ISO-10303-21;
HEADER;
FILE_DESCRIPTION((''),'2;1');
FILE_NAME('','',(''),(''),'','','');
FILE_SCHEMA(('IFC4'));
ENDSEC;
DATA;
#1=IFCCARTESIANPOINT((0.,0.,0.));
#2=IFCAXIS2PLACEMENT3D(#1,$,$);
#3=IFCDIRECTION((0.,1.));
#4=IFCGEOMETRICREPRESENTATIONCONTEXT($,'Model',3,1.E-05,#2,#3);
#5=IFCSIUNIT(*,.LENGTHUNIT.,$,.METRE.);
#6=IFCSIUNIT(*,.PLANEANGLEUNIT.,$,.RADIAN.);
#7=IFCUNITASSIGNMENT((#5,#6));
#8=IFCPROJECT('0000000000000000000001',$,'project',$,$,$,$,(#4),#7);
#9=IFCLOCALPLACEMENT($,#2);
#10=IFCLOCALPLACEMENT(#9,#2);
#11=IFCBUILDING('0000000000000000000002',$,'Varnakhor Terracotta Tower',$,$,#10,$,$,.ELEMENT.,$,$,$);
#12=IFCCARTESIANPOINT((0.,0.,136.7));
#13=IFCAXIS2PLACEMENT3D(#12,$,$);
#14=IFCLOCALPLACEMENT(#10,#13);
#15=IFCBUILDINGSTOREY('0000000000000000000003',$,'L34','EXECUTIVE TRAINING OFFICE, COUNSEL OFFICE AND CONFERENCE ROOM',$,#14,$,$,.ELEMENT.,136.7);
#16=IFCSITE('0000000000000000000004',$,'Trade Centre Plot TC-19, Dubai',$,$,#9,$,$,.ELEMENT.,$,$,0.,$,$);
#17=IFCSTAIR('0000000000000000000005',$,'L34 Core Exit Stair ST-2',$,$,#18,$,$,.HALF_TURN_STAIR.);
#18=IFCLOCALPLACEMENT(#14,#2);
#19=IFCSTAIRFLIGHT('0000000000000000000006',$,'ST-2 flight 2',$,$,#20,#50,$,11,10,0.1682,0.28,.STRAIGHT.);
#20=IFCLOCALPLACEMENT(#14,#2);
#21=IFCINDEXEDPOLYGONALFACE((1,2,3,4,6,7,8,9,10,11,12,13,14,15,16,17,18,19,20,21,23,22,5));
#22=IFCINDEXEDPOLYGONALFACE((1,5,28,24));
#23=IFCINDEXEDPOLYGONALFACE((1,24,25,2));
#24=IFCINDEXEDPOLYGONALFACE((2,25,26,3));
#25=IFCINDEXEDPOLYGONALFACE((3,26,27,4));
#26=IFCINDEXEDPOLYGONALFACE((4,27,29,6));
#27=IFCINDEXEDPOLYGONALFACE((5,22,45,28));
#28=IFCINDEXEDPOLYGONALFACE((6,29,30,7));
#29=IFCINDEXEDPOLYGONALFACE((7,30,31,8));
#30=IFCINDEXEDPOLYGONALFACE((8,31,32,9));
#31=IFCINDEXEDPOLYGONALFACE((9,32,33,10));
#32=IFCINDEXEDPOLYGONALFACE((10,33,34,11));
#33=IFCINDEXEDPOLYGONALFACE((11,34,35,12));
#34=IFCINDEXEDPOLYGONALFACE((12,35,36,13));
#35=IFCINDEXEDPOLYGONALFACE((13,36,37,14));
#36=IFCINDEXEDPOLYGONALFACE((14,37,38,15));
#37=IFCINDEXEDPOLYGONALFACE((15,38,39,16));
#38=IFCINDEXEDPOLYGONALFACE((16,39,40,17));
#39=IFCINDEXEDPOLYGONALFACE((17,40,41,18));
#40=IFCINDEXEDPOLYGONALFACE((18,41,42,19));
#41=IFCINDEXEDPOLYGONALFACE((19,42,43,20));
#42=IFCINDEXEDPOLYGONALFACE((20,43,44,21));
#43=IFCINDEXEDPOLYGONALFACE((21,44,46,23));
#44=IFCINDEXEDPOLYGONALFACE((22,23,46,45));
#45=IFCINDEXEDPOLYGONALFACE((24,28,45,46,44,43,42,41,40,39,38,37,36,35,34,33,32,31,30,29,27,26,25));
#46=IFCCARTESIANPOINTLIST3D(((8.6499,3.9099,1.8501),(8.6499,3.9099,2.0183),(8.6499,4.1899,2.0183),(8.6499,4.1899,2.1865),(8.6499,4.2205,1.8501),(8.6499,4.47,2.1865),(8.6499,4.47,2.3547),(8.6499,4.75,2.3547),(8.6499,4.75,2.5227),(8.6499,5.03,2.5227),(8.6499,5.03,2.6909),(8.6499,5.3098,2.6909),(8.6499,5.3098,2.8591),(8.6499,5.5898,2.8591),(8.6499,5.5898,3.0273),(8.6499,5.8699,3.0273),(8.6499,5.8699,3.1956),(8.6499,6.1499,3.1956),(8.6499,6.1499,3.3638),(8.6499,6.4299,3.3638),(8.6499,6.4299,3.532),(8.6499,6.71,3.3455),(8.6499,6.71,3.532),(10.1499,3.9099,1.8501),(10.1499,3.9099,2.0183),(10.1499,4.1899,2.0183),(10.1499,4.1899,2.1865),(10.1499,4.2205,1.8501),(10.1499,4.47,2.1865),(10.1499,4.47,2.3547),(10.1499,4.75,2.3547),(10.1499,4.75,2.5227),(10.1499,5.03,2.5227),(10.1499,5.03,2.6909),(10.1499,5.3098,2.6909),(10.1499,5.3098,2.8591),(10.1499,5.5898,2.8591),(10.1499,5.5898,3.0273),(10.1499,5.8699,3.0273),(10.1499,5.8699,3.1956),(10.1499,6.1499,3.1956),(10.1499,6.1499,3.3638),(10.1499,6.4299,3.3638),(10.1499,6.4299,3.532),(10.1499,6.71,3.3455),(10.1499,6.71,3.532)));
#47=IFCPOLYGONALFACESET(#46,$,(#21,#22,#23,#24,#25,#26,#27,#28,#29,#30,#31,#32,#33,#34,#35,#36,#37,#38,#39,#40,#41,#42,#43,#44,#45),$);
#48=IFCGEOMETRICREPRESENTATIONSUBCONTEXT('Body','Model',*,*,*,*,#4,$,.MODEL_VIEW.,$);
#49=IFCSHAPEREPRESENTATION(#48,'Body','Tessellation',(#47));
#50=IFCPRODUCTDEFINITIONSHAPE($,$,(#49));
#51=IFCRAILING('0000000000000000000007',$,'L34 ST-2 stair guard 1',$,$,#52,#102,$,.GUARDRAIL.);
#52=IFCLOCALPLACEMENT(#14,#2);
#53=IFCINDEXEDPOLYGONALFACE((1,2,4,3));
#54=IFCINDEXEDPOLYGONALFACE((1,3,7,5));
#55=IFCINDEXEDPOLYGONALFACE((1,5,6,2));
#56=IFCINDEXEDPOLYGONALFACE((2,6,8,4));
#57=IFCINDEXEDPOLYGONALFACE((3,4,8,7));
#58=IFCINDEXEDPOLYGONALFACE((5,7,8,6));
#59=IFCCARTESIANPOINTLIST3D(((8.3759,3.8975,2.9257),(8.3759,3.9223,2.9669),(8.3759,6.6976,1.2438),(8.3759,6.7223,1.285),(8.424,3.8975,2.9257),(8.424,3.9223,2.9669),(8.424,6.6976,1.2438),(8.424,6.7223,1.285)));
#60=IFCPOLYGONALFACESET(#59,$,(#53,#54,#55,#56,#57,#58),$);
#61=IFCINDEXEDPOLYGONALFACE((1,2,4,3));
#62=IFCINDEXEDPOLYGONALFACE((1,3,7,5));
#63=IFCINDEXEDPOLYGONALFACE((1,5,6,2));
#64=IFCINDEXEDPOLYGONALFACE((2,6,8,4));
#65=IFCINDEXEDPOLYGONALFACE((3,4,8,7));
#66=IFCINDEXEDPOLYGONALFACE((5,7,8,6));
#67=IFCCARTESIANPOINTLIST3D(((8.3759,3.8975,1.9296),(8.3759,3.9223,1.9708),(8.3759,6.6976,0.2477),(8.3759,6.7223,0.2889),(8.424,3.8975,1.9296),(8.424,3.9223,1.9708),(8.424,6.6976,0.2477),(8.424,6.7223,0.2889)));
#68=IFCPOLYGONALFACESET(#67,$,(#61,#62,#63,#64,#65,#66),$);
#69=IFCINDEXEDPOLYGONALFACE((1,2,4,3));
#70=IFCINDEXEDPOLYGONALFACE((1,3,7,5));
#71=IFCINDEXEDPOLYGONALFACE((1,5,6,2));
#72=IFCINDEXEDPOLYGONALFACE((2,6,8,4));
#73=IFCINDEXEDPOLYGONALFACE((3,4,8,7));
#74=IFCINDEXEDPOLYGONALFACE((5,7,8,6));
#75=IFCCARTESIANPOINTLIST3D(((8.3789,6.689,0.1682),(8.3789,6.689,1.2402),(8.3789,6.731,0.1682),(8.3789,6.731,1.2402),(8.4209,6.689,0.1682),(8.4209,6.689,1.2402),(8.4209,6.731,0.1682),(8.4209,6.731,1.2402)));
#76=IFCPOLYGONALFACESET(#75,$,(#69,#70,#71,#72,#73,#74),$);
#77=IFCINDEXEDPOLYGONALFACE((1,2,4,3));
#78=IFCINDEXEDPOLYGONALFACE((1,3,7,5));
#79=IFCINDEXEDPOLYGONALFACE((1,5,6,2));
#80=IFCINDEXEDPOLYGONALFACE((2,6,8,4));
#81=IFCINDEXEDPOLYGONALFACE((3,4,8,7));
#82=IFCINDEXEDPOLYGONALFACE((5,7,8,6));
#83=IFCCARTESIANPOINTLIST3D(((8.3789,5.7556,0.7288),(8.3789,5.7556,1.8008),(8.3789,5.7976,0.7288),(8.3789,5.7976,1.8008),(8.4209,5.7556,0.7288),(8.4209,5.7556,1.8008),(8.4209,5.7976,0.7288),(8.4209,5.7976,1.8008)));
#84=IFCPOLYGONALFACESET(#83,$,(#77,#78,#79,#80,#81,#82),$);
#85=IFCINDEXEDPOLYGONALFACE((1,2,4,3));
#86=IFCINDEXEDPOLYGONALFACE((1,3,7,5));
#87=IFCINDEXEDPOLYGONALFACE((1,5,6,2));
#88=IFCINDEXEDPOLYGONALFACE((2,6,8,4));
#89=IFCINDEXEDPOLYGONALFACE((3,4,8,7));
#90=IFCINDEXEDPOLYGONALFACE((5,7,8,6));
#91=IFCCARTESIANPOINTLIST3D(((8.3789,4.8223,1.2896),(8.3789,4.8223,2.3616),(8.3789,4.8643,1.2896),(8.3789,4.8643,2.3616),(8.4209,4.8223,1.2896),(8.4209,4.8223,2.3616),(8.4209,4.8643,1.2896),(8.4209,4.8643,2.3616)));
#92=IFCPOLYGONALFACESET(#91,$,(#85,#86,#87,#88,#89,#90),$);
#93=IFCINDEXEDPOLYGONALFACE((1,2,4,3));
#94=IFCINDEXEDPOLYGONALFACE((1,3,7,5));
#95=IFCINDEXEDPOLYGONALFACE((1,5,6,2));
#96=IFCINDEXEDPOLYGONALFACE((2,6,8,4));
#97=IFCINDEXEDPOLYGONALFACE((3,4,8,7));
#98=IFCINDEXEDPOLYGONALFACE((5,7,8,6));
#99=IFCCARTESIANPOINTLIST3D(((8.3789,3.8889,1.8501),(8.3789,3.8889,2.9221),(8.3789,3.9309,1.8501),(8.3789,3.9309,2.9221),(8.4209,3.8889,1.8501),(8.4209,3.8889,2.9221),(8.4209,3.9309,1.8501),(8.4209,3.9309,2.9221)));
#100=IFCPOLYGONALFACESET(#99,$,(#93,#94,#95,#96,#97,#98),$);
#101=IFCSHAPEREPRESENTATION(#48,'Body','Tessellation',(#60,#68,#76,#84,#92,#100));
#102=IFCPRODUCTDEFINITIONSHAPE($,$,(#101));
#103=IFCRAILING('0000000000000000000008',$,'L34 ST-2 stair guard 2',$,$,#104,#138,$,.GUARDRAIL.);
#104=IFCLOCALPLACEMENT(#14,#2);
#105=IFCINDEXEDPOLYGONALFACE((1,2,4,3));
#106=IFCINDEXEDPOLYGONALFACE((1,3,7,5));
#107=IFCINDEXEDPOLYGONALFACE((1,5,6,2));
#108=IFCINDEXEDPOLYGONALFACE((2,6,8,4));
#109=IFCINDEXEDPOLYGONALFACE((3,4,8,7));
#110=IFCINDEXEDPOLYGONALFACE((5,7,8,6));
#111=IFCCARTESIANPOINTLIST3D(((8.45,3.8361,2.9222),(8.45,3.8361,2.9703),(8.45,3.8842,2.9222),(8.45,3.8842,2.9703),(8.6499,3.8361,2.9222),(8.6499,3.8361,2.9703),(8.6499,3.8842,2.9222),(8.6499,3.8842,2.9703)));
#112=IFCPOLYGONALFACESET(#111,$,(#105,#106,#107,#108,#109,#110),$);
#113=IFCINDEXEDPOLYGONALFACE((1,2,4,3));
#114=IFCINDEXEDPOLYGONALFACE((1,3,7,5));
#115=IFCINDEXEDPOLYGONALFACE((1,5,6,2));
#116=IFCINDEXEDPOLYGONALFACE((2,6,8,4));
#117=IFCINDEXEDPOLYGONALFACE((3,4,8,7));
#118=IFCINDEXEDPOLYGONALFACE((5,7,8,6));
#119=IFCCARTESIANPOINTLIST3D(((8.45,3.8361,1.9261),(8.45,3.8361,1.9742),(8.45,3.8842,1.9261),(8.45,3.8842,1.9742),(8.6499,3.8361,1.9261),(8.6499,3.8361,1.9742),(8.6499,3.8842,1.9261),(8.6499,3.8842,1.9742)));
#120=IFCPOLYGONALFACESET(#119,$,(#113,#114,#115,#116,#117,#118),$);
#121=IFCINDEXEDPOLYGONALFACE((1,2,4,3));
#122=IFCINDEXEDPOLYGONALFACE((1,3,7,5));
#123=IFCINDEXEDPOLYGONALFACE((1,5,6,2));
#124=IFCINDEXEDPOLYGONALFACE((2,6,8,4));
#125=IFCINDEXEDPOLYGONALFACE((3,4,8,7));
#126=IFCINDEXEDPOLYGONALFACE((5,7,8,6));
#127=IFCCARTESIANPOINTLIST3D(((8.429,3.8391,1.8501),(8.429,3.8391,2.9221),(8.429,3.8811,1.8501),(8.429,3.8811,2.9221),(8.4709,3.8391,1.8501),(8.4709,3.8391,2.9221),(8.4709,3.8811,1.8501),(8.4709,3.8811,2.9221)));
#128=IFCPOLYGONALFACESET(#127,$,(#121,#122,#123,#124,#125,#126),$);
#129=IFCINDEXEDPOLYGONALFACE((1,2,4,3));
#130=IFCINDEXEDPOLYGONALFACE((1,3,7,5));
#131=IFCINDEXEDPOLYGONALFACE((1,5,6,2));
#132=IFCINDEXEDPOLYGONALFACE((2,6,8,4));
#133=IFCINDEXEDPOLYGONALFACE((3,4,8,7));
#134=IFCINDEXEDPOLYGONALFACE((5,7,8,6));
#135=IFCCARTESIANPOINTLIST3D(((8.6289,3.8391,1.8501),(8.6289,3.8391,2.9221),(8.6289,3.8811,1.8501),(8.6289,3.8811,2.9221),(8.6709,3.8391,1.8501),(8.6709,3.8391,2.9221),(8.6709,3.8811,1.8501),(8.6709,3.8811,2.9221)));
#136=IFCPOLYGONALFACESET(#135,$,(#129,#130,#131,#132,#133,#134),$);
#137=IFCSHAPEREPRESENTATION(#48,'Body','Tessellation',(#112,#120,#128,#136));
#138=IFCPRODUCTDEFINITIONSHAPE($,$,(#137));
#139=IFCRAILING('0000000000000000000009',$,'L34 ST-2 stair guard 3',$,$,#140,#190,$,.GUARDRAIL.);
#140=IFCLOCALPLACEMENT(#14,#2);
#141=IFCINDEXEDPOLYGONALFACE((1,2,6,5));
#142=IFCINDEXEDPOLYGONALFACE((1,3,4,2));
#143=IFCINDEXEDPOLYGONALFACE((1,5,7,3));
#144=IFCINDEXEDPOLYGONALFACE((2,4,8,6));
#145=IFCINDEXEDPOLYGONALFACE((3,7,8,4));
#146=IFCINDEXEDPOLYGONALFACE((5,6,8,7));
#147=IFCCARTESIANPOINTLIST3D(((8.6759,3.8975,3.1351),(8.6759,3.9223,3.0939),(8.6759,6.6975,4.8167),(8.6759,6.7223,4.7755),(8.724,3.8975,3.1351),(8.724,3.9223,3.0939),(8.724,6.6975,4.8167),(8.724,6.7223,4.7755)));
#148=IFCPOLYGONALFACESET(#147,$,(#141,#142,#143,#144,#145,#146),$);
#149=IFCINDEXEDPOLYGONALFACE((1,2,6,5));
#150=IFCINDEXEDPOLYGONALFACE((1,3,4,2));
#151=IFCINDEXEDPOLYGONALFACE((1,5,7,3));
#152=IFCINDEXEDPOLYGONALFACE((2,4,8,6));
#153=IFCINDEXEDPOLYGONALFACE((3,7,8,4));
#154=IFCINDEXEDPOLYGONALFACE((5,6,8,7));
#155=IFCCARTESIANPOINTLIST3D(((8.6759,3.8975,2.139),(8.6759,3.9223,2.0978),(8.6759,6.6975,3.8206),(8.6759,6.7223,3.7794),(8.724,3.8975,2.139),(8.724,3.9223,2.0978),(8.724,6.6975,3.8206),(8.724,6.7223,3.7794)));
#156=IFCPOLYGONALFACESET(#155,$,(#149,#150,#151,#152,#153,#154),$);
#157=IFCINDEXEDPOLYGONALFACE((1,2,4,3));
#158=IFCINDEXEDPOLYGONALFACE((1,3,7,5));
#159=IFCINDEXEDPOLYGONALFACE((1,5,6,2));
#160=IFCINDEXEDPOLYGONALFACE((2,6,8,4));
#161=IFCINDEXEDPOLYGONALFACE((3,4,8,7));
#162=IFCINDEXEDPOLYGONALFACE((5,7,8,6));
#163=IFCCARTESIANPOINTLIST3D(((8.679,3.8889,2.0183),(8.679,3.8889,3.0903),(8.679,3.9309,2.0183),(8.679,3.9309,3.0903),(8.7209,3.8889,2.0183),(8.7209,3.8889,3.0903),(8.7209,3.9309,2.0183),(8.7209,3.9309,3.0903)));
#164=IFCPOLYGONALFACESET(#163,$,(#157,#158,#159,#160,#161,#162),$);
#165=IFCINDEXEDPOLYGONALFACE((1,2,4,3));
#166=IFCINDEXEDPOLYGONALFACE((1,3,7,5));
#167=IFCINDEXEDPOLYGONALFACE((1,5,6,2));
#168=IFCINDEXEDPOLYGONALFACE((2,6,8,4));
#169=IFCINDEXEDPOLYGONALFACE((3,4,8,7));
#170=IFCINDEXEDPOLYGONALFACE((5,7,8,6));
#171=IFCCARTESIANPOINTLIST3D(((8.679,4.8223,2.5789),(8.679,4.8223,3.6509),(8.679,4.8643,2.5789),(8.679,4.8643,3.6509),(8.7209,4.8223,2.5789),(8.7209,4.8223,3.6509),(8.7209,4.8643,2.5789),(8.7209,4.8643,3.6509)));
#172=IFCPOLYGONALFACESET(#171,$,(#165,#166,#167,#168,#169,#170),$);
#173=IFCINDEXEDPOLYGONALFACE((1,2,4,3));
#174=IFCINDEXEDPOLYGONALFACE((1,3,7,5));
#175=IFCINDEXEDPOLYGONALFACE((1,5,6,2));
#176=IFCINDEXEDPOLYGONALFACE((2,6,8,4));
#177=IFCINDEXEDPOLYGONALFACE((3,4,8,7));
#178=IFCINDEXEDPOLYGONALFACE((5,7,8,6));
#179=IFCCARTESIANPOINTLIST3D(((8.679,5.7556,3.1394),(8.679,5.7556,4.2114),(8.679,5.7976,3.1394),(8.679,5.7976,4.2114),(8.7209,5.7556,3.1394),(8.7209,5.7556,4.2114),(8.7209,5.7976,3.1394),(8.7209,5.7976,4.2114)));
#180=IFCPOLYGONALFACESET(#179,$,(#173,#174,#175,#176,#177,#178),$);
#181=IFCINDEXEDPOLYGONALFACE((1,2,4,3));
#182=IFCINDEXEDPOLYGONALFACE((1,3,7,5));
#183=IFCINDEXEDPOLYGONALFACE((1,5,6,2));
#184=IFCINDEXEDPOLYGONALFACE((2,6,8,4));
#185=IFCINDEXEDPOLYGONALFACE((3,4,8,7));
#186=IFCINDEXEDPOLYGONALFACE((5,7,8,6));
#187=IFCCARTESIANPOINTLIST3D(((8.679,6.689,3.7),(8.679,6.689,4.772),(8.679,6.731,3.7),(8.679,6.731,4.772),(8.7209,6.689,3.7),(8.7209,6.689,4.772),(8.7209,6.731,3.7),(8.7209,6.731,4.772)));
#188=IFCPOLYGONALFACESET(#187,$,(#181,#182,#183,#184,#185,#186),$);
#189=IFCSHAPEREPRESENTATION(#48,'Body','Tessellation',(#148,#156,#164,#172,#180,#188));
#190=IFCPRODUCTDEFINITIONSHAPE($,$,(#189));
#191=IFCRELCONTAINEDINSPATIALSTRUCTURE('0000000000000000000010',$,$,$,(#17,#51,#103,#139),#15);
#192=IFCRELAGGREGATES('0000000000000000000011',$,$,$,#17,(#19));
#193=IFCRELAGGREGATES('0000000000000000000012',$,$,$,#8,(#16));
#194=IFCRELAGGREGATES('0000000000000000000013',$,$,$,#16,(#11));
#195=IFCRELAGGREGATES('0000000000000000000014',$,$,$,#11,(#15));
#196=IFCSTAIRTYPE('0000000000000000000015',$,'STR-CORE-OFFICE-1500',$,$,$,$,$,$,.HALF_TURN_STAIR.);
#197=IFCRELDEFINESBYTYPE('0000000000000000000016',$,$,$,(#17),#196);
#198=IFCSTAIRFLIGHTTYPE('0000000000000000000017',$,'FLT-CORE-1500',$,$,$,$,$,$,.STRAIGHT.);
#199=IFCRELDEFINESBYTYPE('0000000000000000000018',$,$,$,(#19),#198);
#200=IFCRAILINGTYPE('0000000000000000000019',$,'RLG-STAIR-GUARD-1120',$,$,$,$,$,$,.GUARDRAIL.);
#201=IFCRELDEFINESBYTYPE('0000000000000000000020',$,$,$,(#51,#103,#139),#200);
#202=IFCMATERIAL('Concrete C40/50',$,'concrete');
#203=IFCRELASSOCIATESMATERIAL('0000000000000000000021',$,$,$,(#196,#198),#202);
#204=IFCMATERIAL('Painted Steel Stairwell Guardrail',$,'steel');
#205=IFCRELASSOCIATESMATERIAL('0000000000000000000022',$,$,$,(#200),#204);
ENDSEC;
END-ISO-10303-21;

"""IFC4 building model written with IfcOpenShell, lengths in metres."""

from ifc_helpers import new_model, si_unit, direction, frame, origin, origin_2d, place, context, subcontext, project, spatial, polyline, rectangle, outline, extrude, material, type_object, element, aggregate, save


model = new_model("IFC4")

# Units and contexts
model_context = context("Model", 3, precision=1e-05, world=origin(), true_north=direction((0.0, 1.0)))
body_context = subcontext(model_context, "Body", "Model", "MODEL_VIEW")
ifc_project = project(units=[si_unit("LENGTHUNIT", "METRE"), si_unit("PLANEANGLEUNIT", "RADIAN")], contexts=[model_context])

# Site, building, storey
site_placement = place(None, origin())
site = spatial("IfcSite", under=ifc_project, at=site_placement, Name="Trade Centre Plot TC-19, Dubai", CompositionType="ELEMENT", RefElevation=0.0)
building_placement = place(site_placement, origin())
building = spatial("IfcBuilding", under=site, at=building_placement, Name="Varnakhor Terracotta Tower", CompositionType="ELEMENT")
storey_placement = place(building_placement, frame((0.0, 0.0, 136.7)))
storey = spatial("IfcBuildingStorey", under=building, at=storey_placement, Name="L34", Description="EXECUTIVE TRAINING OFFICE, COUNSEL OFFICE AND CONFERENCE ROOM", CompositionType="ELEMENT", Elevation=136.7)

# Stair
ifc_material_1 = material(Name="Concrete C40/50", Category="concrete")
stair_type = type_object("IfcStairType", Name="STR-CORE-OFFICE-1500", PredefinedType="HALF_TURN_STAIR", material=ifc_material_1)
stair_1_placement = place(storey_placement, origin())
stair_1 = element("IfcStair", 1, at=stair_1_placement, inside=storey, type_object=stair_type, Name="L34 Core Exit Stair ST-2", PredefinedType="HALF_TURN_STAIR")

# Stair flight
stair_flight_type = type_object("IfcStairFlightType", Name="FLT-CORE-1500", PredefinedType="STRAIGHT", material=ifc_material_1)
stair_flight_1_placement = place(storey_placement, frame((9.3999, 3.9099, 1.8501), z_axis=(0.0, 0.0, 1.0), x_axis=(0.0, 1.0, 0.0)))
stair_flight_1 = element("IfcStairFlight", 2, at=stair_flight_1_placement, type_object=stair_flight_type, Name="ST-2 flight 2", NumberOfRisers=11, NumberOfTreads=10, PredefinedType="STRAIGHT", RiserHeight=0.1682, TreadLength=0.28, context=body_context, shape_type="SweptSolid", body=[
    extrude(outline(polyline([(0.0, 0.0), (0.0, 0.1682), (0.28, 0.1682), (0.28, 0.3364), (0.5601, 0.3364), (0.5601, 0.5046), (0.8401, 0.5046), (0.8401, 0.6726), (1.1201, 0.6726), (1.1201, 0.8408), (1.3999, 0.8408), (1.3999, 1.009), (1.6799, 1.009), (1.6799, 1.1772), (1.96, 1.1772), (1.96, 1.3455), (2.24, 1.3455), (2.24, 1.5137), (2.52, 1.5137), (2.52, 1.6819), (2.8, 1.6819), (2.8, 1.8501), (2.8, 1.4954), (0.3105, 0.0), (0.0, 0.0)])), frame((0.0, 0.75, 0.0), z_axis=(0.0, -1.0, 0.0), x_axis=(1.0, 0.0, 0.0)), (0.0, 0.0, 1.0), 1.5),
])
aggregate(stair_1, [stair_flight_1])

# Railings
ifc_material_2 = material(Name="Painted Steel Stairwell Guardrail", Category="steel")
railing_type_1 = type_object("IfcRailingType", Name="RLG-STAIR-GUARD-1120", PredefinedType="GUARDRAIL", material=ifc_material_2)
railing_1_placement = place(storey_placement, frame((8.3999, 6.71, 0.1682)))
element("IfcRailing", 3, at=railing_1_placement, inside=storey, type_object=railing_type_1, Name="L34 ST-2 stair guard 1", PredefinedType="GUARDRAIL", context=body_context, shape_type="SweptSolid", body=[
    extrude(rectangle(XDim=0.0481, YDim=0.0481, at=origin_2d()), frame((0.0, 0.0, 1.0962), z_axis=(0.0, -0.857242, 0.514913), x_axis=(1.0, 0.0, 0.0)), (0.0, 0.0, 1.0), 3.2664),
    extrude(rectangle(XDim=0.0481, YDim=0.0481, at=origin_2d()), frame((0.0, 0.0, 0.1001), z_axis=(0.0, -0.857242, 0.514913), x_axis=(1.0, 0.0, 0.0)), (0.0, 0.0, 1.0), 3.2664),
    extrude(rectangle(XDim=0.042, YDim=0.042, at=origin_2d()), origin(), (0.0, 0.0, 1.0), 1.072),
    extrude(rectangle(XDim=0.042, YDim=0.042, at=origin_2d()), frame((0.0, -0.9333, 0.5605)), (0.0, 0.0, 1.0), 1.072),
    extrude(rectangle(XDim=0.042, YDim=0.042, at=origin_2d()), frame((0.0, -1.8667, 1.1213)), (0.0, 0.0, 1.0), 1.072),
    extrude(rectangle(XDim=0.042, YDim=0.042, at=origin_2d()), frame((0.0, -2.8, 1.6819)), (0.0, 0.0, 1.0), 1.072),
])
railing_2_placement = place(storey_placement, frame((8.45, 3.8601, 1.8501)))
element("IfcRailing", 4, at=railing_2_placement, inside=storey, type_object=railing_type_1, Name="L34 ST-2 stair guard 2", PredefinedType="GUARDRAIL", context=body_context, shape_type="SweptSolid", body=[
    extrude(rectangle(XDim=0.0481, YDim=0.0481, at=origin_2d()), frame((0.0, 0.0, 1.0962), z_axis=(1.0, 0.0, 0.0), x_axis=(0.0, 1.0, 0.0)), (0.0, 0.0, 1.0), 0.2),
    extrude(rectangle(XDim=0.0481, YDim=0.0481, at=origin_2d()), frame((0.0, 0.0, 0.1001), z_axis=(1.0, 0.0, 0.0), x_axis=(0.0, 1.0, 0.0)), (0.0, 0.0, 1.0), 0.2),
    extrude(rectangle(XDim=0.042, YDim=0.042, at=origin_2d()), origin(), (0.0, 0.0, 1.0), 1.072),
    extrude(rectangle(XDim=0.042, YDim=0.042, at=origin_2d()), frame((0.2, 0.0, 0.0)), (0.0, 0.0, 1.0), 1.072),
])
railing_3_placement = place(storey_placement, frame((8.7, 3.9099, 2.0183)))
element("IfcRailing", 5, at=railing_3_placement, inside=storey, type_object=railing_type_1, Name="L34 ST-2 stair guard 3", PredefinedType="GUARDRAIL", context=body_context, shape_type="SweptSolid", body=[
    extrude(rectangle(XDim=0.0481, YDim=0.0481, at=origin_2d()), frame((0.0, 0.0, 1.0962), z_axis=(0.0, 0.857275, 0.514858), x_axis=(-1.0, 0.0, 0.0)), (0.0, 0.0, 1.0), 3.2661),
    extrude(rectangle(XDim=0.0481, YDim=0.0481, at=origin_2d()), frame((0.0, 0.0, 0.1001), z_axis=(0.0, 0.857275, 0.514858), x_axis=(-1.0, 0.0, 0.0)), (0.0, 0.0, 1.0), 3.2661),
    extrude(rectangle(XDim=0.042, YDim=0.042, at=origin_2d()), origin(), (0.0, 0.0, 1.0), 1.072),
    extrude(rectangle(XDim=0.042, YDim=0.042, at=origin_2d()), frame((0.0, 0.9333, 0.5605)), (0.0, 0.0, 1.0), 1.072),
    extrude(rectangle(XDim=0.042, YDim=0.042, at=origin_2d()), frame((0.0, 1.8667, 1.1211)), (0.0, 0.0, 1.0), 1.072),
    extrude(rectangle(XDim=0.042, YDim=0.042, at=origin_2d()), frame((0.0, 2.8, 1.6816)), (0.0, 0.0, 1.0), 1.072),
])

save(model, "model.ifc")
